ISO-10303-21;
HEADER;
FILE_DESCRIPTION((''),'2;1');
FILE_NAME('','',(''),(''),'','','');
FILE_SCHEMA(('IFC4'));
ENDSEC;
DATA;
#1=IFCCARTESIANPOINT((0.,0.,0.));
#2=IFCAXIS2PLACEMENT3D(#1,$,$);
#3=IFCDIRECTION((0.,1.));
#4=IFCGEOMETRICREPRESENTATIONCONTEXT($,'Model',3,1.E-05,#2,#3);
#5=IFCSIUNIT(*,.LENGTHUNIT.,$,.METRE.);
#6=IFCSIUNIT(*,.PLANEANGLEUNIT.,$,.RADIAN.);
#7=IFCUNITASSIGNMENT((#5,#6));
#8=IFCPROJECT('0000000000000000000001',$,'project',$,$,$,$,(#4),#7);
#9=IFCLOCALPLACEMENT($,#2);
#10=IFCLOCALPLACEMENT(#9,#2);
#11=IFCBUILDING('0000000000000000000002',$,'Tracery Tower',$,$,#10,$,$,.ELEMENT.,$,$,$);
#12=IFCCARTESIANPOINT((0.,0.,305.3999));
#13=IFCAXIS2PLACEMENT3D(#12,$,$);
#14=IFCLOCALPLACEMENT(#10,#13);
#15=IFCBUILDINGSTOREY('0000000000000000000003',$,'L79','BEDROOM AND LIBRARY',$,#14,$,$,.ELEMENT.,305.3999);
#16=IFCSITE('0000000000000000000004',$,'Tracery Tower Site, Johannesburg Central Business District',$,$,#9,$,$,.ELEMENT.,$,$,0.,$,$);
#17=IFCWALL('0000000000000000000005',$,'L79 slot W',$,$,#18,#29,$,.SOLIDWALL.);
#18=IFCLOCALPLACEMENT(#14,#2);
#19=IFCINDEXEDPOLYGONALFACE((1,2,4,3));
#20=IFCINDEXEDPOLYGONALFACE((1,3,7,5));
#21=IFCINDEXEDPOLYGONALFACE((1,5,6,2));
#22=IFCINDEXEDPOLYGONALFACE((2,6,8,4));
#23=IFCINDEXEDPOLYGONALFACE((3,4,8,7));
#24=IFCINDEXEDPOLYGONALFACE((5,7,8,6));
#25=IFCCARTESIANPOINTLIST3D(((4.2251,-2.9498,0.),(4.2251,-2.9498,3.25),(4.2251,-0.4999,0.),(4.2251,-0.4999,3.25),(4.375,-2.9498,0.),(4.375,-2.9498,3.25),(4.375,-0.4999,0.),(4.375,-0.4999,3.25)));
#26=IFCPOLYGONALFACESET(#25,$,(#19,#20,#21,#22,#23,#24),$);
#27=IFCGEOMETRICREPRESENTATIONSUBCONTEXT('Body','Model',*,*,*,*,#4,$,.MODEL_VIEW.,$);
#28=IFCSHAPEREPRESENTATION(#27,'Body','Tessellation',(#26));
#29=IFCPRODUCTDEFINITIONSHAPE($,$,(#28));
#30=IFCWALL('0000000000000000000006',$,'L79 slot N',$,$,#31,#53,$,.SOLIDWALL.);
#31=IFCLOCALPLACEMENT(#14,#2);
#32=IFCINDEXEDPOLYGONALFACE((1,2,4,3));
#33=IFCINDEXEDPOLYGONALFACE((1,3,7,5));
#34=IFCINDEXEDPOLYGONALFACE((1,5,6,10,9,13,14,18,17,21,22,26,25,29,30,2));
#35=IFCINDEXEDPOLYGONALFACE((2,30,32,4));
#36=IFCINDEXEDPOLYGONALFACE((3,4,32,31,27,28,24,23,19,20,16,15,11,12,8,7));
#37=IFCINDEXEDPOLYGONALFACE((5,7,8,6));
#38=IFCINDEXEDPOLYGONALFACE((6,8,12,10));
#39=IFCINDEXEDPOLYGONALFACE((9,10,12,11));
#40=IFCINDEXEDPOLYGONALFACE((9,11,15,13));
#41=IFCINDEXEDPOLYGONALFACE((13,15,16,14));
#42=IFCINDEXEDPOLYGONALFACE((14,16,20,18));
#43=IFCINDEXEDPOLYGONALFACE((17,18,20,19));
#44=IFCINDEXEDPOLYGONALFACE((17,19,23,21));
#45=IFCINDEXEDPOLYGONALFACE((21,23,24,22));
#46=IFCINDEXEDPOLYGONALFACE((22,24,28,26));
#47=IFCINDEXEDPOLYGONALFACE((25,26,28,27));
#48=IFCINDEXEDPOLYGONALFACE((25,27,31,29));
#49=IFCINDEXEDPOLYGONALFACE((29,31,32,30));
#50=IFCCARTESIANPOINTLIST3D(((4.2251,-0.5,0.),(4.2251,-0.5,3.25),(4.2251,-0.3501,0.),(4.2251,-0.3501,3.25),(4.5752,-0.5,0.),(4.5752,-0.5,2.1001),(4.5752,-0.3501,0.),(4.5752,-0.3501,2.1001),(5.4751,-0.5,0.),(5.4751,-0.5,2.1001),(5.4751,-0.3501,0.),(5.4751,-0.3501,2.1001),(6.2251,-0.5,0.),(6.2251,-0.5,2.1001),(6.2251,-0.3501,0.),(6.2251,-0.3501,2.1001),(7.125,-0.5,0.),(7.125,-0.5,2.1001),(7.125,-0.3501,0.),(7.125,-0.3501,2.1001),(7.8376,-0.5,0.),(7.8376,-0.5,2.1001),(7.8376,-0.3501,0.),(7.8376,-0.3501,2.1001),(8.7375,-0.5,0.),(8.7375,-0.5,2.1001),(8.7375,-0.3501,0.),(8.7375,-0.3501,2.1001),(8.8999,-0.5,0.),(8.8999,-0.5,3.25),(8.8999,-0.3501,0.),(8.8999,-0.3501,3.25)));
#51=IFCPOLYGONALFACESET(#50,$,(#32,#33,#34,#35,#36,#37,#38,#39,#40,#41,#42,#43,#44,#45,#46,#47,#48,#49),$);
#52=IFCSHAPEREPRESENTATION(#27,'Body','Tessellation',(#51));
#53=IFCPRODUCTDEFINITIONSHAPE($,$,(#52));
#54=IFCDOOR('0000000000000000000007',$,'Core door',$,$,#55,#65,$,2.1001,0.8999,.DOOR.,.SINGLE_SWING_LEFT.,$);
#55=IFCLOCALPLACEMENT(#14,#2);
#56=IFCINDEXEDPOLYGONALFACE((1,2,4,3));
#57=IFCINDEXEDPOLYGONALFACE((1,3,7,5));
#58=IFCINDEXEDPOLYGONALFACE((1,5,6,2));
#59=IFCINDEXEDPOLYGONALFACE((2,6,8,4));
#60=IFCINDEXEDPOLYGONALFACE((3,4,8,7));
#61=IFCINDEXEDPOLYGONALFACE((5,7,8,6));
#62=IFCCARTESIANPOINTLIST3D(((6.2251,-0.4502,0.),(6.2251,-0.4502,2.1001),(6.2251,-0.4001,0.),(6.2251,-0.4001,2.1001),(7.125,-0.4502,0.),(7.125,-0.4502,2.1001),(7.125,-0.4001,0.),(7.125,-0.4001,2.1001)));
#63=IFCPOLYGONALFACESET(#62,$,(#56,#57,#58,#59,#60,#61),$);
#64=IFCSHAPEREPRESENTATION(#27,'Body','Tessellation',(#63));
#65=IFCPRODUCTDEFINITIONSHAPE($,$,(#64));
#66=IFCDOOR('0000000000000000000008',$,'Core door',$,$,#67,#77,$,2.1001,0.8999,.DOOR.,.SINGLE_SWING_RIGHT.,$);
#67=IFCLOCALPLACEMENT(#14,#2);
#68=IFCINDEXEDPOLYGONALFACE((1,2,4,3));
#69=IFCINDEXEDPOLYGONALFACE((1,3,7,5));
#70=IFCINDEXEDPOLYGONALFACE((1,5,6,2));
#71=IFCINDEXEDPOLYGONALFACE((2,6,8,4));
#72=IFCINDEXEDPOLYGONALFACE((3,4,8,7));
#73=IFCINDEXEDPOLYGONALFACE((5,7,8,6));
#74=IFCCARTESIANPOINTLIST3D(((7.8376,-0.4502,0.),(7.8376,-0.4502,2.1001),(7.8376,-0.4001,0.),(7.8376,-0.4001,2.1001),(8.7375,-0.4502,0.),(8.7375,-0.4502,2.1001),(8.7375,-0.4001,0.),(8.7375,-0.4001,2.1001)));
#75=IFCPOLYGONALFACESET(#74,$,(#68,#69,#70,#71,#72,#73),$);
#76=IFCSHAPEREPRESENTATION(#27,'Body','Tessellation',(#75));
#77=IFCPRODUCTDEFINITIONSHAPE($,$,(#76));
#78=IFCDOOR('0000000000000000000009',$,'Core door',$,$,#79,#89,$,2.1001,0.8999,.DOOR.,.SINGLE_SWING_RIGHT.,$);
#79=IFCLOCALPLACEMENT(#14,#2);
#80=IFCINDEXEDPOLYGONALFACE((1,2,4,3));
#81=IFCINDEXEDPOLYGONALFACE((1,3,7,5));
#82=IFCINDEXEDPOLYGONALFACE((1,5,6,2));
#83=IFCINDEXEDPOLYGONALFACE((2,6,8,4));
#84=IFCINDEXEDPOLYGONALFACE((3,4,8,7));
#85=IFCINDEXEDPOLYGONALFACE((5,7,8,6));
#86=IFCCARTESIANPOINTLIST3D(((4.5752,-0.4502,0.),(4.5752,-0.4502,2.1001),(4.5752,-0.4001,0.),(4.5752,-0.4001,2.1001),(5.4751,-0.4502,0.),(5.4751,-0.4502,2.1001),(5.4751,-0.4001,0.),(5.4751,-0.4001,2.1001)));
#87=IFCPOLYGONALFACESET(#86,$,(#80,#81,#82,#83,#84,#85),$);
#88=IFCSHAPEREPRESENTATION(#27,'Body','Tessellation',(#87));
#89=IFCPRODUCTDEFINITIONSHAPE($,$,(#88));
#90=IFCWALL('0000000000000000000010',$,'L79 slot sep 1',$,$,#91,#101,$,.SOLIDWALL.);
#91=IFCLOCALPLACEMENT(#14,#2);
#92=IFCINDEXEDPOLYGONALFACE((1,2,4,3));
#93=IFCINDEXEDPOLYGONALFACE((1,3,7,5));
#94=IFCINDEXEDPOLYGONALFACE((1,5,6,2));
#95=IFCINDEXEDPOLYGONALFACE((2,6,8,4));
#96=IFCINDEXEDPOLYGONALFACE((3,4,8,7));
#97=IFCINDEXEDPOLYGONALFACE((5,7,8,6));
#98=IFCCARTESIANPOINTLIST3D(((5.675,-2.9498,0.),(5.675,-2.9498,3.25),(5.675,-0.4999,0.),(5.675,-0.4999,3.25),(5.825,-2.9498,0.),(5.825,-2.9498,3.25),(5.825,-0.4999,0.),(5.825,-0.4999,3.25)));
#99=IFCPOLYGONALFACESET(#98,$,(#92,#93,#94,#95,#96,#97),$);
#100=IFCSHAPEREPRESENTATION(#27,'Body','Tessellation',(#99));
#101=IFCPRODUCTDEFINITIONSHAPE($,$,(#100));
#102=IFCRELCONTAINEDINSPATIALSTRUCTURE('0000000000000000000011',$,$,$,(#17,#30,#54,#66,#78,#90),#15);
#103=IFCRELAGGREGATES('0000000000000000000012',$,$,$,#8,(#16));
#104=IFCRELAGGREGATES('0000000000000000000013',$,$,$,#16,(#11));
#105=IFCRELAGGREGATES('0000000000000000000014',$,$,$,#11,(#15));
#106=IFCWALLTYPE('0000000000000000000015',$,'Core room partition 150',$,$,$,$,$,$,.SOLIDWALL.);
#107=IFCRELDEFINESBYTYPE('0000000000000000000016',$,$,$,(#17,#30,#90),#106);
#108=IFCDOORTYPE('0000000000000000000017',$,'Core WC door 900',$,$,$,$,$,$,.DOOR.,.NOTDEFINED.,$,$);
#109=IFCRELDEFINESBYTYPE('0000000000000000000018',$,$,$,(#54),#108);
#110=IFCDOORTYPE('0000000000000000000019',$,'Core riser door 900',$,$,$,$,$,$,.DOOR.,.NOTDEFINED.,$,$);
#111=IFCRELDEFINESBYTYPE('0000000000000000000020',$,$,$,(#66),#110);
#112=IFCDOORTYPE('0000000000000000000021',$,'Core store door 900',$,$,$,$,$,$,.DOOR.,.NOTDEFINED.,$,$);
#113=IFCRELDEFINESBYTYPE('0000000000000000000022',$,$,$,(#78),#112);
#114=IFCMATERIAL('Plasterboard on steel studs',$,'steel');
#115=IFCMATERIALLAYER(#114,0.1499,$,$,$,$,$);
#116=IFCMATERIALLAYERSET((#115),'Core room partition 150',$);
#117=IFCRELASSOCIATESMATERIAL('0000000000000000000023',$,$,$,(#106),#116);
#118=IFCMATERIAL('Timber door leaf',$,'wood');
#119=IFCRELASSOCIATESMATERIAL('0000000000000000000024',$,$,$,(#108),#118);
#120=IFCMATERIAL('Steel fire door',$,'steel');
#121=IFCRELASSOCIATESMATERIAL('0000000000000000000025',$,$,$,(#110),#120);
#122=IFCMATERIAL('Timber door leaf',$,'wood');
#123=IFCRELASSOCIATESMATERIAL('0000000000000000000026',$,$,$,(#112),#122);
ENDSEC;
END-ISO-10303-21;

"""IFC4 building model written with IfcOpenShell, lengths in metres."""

from ifc_helpers import new_model, si_unit, direction, frame, frame_2d, origin, place, context, subcontext, project, spatial, rectangle, extrude, material, layer, layer_set, type_object, element, fill, save


model = new_model("IFC4")

# Units and contexts
model_context = context("Model", 3, precision=1e-05, world=origin(), true_north=direction((0.0, 1.0)))
body_context = subcontext(model_context, "Body", "Model", "MODEL_VIEW")
ifc_project = project(units=[si_unit("LENGTHUNIT", "METRE"), si_unit("PLANEANGLEUNIT", "RADIAN")], contexts=[model_context])

# Site, building, storey
site_placement = place(None, origin())
site = spatial("IfcSite", under=ifc_project, at=site_placement, Name="Tracery Tower Site, Johannesburg Central Business District", CompositionType="ELEMENT", RefElevation=0.0)
building_placement = place(site_placement, origin())
building = spatial("IfcBuilding", under=site, at=building_placement, Name="Tracery Tower", CompositionType="ELEMENT")
storey_placement = place(building_placement, frame((0.0, 0.0, 305.3999)))
storey = spatial("IfcBuildingStorey", under=building, at=storey_placement, Name="L79", Description="BEDROOM AND LIBRARY", CompositionType="ELEMENT", Elevation=305.3999)

# Wall
ifc_material_1 = material(Name="Plasterboard on steel studs", Category="steel")
ifc_layer_1 = layer(ifc_material_1, 0.1499)
ifc_layer_set_1 = layer_set([ifc_layer_1], Name="Core room partition 150")
wall_type_1 = type_object("IfcWallType", Name="Core room partition 150", PredefinedType="SOLIDWALL", material=ifc_layer_set_1)
wall_1_placement = place(storey_placement, frame((4.3, -2.95, 0.0), z_axis=(0.0, 0.0, 1.0), x_axis=(0.0, 1.0, 0.0)))
element("IfcWall", 1, at=wall_1_placement, inside=storey, type_object=wall_type_1, Name="L79 slot W", PredefinedType="SOLIDWALL", context=body_context, shape_type="SweptSolid", body=[
    extrude(rectangle(XDim=2.45, YDim=0.1499, at=frame_2d((1.2251, 0.0))), origin(), (0.0, 0.0, 1.0), 3.25),
])

# Wall, openings, doors
wall_2_placement = place(storey_placement, frame((4.2251, -0.425, 0.0), z_axis=(0.0, 0.0, 1.0), x_axis=(1.0, 0.0, 0.0)))
wall_2 = element("IfcWall", 2, at=wall_2_placement, inside=storey, type_object=wall_type_1, Name="L79 slot N", PredefinedType="SOLIDWALL", context=body_context, shape_type="SweptSolid", body=[
    extrude(rectangle(XDim=4.6748, YDim=0.1499, at=frame_2d((2.3374, 0.0))), origin(), (0.0, 0.0, 1.0), 3.25),
])
opening_1_placement = place(wall_2_placement, frame((0.3501, 0.0, 0.0)))
opening_1 = element("IfcOpeningElement", 3, at=opening_1_placement, cuts=wall_2, PredefinedType="OPENING", context=body_context, shape_type="SweptSolid", body=[
    extrude(rectangle(XDim=0.8999, YDim=2.1001, at=frame_2d((0.45, 1.05))), frame((0.0, 0.075, 0.0), z_axis=(0.0, -1.0, 0.0), x_axis=(1.0, 0.0, 0.0)), (0.0, 0.0, 1.0), 0.1499),
])
opening_2_placement = place(wall_2_placement, frame((2.0, 0.0, 0.0)))
opening_2 = element("IfcOpeningElement", 4, at=opening_2_placement, cuts=wall_2, PredefinedType="OPENING", context=body_context, shape_type="SweptSolid", body=[
    extrude(rectangle(XDim=0.8999, YDim=2.1001, at=frame_2d((0.45, 1.05))), frame((0.0, 0.075, 0.0), z_axis=(0.0, -1.0, 0.0), x_axis=(1.0, 0.0, 0.0)), (0.0, 0.0, 1.0), 0.1499),
])
opening_3_placement = place(wall_2_placement, frame((3.6125, 0.0, 0.0)))
opening_3 = element("IfcOpeningElement", 5, at=opening_3_placement, cuts=wall_2, PredefinedType="OPENING", context=body_context, shape_type="SweptSolid", body=[
    extrude(rectangle(XDim=0.8999, YDim=2.1001, at=frame_2d((0.45, 1.05))), frame((0.0, 0.075, 0.0), z_axis=(0.0, -1.0, 0.0), x_axis=(1.0, 0.0, 0.0)), (0.0, 0.0, 1.0), 0.1499),
])
ifc_material_2 = material(Name="Timber door leaf", Category="wood")
door_type_1 = type_object("IfcDoorType", Name="Core WC door 900", OperationType="NOTDEFINED", PredefinedType="DOOR", material=ifc_material_2)
door_1_placement = place(opening_2_placement, origin())
door_1 = element("IfcDoor", 6, at=door_1_placement, inside=storey, type_object=door_type_1, Name="Core door", OperationType="SINGLE_SWING_LEFT", OverallHeight=2.1001, OverallWidth=0.8999, PredefinedType="DOOR", context=body_context, shape_type="SweptSolid", body=[
    extrude(rectangle(XDim=0.8999, YDim=2.1001, at=frame_2d((0.45, 1.05))), frame((0.0, 0.0249, 0.0), z_axis=(0.0, -1.0, 0.0), x_axis=(1.0, 0.0, 0.0)), (0.0, 0.0, 1.0), 0.05),
])
fill(opening_2, door_1)
ifc_material_3 = material(Name="Steel fire door", Category="steel")
door_type_2 = type_object("IfcDoorType", Name="Core riser door 900", OperationType="NOTDEFINED", PredefinedType="DOOR", material=ifc_material_3)
door_2_placement = place(opening_3_placement, origin())
door_2 = element("IfcDoor", 7, at=door_2_placement, inside=storey, type_object=door_type_2, Name="Core door", OperationType="SINGLE_SWING_RIGHT", OverallHeight=2.1001, OverallWidth=0.8999, PredefinedType="DOOR", context=body_context, shape_type="SweptSolid", body=[
    extrude(rectangle(XDim=0.8999, YDim=2.1001, at=frame_2d((0.45, 1.05))), frame((0.0, 0.0249, 0.0), z_axis=(0.0, -1.0, 0.0), x_axis=(1.0, 0.0, 0.0)), (0.0, 0.0, 1.0), 0.05),
])
fill(opening_3, door_2)
ifc_material_4 = material(Name="Timber door leaf", Category="wood")
door_type_3 = type_object("IfcDoorType", Name="Core store door 900", OperationType="NOTDEFINED", PredefinedType="DOOR", material=ifc_material_4)
door_3_placement = place(opening_1_placement, origin())
door_3 = element("IfcDoor", 8, at=door_3_placement, inside=storey, type_object=door_type_3, Name="Core door", OperationType="SINGLE_SWING_RIGHT", OverallHeight=2.1001, OverallWidth=0.8999, PredefinedType="DOOR", context=body_context, shape_type="SweptSolid", body=[
    extrude(rectangle(XDim=0.8999, YDim=2.1001, at=frame_2d((0.45, 1.05))), frame((0.0, 0.0249, 0.0), z_axis=(0.0, -1.0, 0.0), x_axis=(1.0, 0.0, 0.0)), (0.0, 0.0, 1.0), 0.05),
])
fill(opening_1, door_3)

# Wall
wall_3_placement = place(storey_placement, frame((5.75, -2.95, 0.0), z_axis=(0.0, 0.0, 1.0), x_axis=(0.0, 1.0, 0.0)))
element("IfcWall", 9, at=wall_3_placement, inside=storey, type_object=wall_type_1, Name="L79 slot sep 1", PredefinedType="SOLIDWALL", context=body_context, shape_type="SweptSolid", body=[
    extrude(rectangle(XDim=2.45, YDim=0.1499, at=frame_2d((1.2251, 0.0))), origin(), (0.0, 0.0, 1.0), 3.25),
])

save(model, "model.ifc")
